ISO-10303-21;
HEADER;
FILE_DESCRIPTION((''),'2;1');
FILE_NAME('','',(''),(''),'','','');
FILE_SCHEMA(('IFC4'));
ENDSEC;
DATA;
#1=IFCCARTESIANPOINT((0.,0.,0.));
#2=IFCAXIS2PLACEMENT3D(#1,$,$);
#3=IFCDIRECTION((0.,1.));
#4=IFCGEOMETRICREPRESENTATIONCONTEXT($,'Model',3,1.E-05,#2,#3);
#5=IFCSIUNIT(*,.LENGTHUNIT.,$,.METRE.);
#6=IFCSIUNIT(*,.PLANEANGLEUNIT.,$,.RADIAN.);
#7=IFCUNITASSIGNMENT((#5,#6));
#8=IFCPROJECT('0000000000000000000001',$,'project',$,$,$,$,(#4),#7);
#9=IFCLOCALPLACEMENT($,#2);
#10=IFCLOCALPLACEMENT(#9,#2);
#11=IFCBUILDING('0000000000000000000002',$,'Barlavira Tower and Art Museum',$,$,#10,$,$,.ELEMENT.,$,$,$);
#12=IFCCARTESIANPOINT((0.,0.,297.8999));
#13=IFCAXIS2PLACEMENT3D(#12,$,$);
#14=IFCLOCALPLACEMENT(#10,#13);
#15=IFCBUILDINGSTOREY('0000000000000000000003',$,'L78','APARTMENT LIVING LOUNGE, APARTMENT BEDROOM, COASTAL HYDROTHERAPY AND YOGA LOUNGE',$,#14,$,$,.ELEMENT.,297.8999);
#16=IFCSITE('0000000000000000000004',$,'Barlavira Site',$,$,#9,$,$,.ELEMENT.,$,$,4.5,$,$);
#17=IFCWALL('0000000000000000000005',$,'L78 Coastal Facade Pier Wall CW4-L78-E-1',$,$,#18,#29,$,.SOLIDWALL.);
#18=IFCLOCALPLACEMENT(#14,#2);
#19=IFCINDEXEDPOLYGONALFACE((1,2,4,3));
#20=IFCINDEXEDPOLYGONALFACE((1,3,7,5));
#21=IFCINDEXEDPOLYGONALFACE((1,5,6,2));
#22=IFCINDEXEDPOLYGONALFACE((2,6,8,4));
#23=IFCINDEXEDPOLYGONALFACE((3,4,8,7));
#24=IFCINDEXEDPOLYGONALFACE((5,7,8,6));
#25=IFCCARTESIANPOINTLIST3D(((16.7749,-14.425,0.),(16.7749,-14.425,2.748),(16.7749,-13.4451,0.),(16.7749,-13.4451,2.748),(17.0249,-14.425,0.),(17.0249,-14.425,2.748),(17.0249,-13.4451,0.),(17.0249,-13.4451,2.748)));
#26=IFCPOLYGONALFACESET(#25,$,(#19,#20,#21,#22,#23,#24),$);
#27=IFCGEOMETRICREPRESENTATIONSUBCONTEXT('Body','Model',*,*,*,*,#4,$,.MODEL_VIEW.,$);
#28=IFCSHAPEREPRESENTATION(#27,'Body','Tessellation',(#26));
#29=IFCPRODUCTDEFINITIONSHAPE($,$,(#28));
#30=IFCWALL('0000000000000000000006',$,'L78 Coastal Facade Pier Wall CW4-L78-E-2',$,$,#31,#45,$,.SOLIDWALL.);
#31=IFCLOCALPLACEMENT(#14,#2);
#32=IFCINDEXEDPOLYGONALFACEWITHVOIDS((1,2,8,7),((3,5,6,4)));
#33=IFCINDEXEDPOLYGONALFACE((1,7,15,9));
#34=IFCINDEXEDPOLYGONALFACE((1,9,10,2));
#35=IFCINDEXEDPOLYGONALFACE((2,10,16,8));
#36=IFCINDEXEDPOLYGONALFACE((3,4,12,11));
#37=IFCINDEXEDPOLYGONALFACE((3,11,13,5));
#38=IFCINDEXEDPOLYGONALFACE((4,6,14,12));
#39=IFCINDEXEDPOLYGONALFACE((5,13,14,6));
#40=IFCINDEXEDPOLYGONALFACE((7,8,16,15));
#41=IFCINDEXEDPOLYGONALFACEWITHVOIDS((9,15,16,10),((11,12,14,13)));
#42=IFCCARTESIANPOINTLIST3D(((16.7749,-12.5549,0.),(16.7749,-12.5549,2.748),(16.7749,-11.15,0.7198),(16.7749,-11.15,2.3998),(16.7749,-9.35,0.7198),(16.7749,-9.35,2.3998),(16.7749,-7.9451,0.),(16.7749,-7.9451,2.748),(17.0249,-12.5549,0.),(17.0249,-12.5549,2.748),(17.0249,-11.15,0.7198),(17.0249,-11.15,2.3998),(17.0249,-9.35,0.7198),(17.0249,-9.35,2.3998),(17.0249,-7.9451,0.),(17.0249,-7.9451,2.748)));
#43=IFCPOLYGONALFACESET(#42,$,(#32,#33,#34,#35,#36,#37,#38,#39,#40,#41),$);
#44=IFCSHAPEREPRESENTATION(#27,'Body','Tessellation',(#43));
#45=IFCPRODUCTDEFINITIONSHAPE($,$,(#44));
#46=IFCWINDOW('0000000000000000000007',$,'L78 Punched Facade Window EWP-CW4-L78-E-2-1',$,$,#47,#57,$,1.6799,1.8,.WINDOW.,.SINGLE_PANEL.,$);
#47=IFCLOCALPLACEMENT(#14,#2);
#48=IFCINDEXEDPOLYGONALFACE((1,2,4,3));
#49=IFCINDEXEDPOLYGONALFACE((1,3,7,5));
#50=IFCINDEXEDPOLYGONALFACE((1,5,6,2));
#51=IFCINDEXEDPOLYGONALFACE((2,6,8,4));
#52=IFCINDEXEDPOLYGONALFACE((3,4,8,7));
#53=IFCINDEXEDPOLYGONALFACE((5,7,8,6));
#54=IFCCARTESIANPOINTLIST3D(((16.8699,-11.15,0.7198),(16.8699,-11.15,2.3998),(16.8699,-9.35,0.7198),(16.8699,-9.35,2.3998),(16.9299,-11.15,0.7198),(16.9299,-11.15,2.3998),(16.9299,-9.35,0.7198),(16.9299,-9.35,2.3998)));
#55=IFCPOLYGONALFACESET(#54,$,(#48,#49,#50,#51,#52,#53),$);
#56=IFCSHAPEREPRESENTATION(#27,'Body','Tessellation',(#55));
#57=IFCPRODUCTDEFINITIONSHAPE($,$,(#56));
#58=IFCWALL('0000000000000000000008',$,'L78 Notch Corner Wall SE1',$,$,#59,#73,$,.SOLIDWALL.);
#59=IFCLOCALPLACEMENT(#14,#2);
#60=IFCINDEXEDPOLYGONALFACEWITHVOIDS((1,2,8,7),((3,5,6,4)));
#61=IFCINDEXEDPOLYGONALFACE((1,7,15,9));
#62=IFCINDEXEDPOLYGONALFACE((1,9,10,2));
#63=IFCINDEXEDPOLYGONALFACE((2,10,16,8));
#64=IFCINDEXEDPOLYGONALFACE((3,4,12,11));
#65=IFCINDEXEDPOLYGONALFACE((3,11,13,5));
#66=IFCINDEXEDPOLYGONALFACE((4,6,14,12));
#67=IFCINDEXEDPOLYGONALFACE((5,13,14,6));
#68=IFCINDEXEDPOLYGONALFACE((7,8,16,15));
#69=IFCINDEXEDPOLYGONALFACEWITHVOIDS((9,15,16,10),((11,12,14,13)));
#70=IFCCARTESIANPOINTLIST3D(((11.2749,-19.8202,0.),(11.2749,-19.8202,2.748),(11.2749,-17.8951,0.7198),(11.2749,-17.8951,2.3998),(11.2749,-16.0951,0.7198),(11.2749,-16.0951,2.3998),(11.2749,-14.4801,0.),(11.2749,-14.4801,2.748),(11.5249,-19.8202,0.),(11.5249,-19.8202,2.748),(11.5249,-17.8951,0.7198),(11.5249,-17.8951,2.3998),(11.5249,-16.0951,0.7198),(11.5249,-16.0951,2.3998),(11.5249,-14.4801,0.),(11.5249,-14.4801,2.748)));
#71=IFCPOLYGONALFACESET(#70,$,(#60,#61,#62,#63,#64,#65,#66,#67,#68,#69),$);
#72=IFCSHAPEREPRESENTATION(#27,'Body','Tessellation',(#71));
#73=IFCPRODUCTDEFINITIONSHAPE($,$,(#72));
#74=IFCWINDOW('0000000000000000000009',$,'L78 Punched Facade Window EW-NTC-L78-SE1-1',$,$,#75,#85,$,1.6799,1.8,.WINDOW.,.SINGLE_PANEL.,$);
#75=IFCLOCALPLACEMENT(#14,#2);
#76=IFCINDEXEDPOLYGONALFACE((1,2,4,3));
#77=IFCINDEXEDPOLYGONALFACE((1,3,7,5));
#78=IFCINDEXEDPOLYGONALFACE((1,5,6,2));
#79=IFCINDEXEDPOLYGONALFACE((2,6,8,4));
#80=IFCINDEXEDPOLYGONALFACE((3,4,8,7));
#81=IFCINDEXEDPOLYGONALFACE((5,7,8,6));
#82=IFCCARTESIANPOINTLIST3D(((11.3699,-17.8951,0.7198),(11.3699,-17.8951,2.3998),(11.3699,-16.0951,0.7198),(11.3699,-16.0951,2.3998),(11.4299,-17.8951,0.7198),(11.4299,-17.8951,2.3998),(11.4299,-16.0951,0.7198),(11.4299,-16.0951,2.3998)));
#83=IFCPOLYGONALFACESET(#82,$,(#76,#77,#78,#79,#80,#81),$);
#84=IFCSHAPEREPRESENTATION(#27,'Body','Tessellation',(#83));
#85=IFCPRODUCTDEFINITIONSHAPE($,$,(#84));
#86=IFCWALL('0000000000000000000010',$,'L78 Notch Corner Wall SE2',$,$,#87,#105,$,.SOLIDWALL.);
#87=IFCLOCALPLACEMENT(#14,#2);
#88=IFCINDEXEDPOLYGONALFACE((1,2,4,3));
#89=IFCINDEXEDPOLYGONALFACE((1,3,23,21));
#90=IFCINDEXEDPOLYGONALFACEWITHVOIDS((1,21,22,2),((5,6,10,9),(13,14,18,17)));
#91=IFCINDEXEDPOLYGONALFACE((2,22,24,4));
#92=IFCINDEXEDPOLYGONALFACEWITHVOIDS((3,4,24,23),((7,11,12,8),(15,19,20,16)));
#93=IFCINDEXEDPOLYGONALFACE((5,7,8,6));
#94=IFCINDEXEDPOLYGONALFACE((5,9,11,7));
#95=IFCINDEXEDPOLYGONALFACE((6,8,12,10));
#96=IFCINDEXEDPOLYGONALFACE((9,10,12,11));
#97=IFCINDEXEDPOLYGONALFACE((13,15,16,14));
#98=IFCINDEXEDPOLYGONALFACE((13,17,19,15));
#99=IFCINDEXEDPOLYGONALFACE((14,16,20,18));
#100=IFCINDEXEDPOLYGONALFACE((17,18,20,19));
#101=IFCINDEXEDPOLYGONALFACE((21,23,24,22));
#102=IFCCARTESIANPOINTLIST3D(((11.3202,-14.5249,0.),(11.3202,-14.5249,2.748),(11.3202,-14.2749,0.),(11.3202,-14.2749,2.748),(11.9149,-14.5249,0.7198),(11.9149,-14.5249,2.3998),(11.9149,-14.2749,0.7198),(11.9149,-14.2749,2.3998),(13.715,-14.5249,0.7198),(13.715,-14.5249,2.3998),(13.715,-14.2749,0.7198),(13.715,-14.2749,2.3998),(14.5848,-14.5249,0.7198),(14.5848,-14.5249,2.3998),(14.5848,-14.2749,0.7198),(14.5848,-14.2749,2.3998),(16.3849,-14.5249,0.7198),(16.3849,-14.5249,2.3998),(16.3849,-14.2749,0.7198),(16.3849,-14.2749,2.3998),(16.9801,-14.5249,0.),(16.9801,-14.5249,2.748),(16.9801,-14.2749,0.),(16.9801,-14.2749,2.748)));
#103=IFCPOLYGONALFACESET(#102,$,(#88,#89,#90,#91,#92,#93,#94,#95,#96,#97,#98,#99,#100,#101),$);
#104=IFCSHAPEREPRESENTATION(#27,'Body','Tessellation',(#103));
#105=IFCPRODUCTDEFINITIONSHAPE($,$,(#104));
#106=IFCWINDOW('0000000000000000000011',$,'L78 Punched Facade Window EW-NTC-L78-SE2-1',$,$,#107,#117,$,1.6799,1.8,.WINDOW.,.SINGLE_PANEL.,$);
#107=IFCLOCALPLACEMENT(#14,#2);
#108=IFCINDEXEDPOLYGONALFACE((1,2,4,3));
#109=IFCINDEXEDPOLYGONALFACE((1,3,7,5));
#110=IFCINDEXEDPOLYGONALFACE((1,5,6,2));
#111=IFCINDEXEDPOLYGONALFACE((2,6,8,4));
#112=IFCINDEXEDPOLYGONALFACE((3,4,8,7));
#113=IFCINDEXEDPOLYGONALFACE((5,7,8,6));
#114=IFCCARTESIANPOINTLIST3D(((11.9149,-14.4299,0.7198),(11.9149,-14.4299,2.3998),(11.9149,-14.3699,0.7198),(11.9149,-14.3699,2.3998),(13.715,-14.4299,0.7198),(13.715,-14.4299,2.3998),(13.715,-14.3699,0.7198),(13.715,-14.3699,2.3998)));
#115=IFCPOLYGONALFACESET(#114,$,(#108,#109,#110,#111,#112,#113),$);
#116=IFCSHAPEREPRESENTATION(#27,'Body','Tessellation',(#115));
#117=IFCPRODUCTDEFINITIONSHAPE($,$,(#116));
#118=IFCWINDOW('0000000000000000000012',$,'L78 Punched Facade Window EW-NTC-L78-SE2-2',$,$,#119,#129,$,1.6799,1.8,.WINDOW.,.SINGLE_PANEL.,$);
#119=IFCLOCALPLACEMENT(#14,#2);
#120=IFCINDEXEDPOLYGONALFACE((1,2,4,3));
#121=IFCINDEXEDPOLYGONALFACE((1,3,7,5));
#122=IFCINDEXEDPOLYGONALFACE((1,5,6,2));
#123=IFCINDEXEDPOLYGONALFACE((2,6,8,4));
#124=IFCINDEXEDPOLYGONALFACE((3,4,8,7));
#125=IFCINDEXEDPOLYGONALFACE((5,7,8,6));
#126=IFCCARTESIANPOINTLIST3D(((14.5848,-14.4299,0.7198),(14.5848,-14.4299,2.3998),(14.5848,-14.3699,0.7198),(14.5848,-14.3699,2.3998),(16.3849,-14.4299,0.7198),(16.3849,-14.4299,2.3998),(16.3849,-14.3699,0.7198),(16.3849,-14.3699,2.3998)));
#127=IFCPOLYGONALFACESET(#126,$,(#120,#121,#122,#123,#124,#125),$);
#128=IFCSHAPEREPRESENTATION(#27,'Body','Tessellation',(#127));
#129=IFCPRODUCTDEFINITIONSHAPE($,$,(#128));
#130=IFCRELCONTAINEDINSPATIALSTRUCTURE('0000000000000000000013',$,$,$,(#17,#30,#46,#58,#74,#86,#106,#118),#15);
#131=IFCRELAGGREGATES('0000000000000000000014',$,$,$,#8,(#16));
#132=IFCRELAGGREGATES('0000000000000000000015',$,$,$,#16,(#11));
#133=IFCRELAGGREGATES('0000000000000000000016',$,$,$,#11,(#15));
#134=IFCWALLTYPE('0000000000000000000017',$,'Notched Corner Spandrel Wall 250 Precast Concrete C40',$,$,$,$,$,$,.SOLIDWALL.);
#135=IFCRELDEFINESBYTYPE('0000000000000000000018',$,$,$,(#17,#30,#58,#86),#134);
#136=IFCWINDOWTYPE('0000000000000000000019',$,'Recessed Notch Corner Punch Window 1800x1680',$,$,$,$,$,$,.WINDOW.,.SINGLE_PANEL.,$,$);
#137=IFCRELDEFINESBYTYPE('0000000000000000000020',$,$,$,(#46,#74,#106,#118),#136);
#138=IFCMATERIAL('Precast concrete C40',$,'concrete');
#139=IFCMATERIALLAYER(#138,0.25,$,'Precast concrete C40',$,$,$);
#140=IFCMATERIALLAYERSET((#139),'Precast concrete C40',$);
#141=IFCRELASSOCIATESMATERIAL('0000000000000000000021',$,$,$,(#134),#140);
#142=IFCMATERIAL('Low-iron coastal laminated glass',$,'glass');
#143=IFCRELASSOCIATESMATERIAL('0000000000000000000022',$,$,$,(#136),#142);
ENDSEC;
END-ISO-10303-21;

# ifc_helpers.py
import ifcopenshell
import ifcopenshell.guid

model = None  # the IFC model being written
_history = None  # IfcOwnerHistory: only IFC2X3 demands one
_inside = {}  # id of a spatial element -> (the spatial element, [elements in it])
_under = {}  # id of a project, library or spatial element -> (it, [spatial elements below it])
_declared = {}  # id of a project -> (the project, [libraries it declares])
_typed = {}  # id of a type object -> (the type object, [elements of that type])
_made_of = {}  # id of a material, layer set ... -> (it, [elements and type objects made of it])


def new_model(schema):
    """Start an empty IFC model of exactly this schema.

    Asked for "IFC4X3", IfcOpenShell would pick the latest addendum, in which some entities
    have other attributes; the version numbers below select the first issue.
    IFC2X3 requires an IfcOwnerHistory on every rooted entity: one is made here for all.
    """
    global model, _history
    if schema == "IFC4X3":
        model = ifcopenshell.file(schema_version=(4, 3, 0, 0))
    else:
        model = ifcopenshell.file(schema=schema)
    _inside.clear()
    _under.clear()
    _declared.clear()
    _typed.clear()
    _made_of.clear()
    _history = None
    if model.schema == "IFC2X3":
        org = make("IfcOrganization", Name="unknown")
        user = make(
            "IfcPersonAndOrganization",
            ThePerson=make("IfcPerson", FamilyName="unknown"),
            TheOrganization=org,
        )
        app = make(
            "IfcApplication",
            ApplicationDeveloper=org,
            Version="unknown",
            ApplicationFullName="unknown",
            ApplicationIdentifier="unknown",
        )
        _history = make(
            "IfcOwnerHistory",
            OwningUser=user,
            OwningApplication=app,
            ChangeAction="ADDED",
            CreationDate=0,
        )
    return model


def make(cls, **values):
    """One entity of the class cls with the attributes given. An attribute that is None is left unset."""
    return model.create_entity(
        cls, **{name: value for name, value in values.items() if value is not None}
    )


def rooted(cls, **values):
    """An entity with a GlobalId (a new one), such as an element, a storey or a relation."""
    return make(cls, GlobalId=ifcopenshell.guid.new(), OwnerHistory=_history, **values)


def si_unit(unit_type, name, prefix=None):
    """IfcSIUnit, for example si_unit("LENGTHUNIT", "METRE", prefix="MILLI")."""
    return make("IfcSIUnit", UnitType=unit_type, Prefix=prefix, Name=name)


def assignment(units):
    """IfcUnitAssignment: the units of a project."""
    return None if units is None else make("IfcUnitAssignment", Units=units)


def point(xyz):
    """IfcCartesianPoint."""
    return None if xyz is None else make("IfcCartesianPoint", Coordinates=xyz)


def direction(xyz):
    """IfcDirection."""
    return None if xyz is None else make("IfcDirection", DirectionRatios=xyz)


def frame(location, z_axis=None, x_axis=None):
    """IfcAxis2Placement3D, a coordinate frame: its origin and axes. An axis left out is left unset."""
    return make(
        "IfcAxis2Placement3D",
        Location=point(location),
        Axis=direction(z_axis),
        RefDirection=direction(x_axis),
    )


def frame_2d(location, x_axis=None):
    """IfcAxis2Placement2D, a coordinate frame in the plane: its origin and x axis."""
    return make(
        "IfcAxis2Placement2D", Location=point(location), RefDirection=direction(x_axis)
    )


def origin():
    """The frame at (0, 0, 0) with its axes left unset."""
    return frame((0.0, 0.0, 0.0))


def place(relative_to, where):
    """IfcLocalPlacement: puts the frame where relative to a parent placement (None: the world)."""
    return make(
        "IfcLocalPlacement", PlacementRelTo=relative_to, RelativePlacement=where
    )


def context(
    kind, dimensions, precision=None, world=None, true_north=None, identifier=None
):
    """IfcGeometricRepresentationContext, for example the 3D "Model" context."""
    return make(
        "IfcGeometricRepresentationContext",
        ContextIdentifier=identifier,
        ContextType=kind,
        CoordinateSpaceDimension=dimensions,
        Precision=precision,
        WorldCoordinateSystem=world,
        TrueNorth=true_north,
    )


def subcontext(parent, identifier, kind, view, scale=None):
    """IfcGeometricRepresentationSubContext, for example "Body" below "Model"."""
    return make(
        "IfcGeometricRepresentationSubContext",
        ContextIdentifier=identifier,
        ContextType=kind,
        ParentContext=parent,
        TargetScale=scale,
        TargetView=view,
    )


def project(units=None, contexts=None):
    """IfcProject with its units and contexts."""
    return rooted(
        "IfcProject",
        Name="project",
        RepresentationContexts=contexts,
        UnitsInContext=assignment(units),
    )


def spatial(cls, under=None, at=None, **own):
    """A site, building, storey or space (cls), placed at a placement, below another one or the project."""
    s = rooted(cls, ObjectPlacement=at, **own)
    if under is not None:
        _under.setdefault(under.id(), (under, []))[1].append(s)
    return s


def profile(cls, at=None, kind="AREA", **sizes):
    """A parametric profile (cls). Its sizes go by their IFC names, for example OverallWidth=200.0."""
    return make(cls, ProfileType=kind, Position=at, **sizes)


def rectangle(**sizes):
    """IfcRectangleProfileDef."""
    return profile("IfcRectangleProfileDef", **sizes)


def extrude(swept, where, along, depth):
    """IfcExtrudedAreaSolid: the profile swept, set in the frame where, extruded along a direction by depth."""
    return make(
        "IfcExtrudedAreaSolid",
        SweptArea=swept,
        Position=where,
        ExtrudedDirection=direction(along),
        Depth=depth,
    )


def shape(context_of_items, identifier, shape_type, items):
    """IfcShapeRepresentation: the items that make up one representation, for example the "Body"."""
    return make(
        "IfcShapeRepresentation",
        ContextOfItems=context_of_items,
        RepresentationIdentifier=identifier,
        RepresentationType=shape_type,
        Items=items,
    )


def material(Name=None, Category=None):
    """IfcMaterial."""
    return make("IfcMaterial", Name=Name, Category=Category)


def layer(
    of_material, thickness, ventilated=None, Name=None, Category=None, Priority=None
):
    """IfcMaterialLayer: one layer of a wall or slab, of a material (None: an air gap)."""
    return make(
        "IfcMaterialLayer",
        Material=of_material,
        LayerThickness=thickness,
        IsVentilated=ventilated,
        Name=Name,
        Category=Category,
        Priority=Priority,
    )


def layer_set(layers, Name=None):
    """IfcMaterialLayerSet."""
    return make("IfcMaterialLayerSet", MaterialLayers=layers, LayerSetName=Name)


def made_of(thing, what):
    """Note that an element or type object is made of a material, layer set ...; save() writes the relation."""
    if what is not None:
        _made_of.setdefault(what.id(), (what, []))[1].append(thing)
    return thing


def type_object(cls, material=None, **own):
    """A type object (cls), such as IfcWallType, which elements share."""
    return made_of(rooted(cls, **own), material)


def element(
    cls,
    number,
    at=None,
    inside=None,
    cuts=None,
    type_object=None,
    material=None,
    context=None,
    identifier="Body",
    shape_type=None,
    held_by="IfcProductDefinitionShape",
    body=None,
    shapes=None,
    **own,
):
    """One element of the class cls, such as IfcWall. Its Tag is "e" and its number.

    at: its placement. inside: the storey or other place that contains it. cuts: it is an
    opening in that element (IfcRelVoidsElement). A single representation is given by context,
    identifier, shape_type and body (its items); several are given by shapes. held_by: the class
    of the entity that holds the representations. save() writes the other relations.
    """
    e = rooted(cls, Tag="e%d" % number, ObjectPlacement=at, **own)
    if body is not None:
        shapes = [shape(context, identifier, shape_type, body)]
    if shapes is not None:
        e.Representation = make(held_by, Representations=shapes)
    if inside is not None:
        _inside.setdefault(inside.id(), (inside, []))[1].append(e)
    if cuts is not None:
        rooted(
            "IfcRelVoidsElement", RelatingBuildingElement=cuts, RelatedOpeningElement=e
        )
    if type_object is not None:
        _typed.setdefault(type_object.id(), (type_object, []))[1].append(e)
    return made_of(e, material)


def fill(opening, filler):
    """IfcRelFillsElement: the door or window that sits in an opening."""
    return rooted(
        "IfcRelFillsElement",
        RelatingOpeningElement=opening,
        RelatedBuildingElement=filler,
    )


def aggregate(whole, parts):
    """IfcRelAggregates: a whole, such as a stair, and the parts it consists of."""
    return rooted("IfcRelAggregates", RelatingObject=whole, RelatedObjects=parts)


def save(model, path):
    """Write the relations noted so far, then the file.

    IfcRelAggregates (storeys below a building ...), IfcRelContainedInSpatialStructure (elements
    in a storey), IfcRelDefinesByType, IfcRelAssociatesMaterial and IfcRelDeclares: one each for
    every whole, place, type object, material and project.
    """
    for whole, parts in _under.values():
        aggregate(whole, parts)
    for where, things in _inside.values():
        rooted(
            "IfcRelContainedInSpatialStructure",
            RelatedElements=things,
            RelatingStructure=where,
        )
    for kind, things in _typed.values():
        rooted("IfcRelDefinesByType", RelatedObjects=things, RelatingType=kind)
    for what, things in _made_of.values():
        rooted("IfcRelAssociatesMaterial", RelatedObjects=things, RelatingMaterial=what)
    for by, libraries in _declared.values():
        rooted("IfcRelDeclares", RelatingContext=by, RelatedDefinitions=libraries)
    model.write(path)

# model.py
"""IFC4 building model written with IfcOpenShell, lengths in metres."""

from ifc_helpers import new_model, si_unit, direction, frame, frame_2d, origin, place, context, subcontext, project, spatial, rectangle, extrude, material, layer, layer_set, type_object, element, fill, save


model = new_model("IFC4")

# Units and contexts
model_context = context("Model", 3, precision=1e-05, world=origin(), true_north=direction((0.0, 1.0)))
body_context = subcontext(model_context, "Body", "Model", "MODEL_VIEW")
ifc_project = project(units=[si_unit("LENGTHUNIT", "METRE"), si_unit("PLANEANGLEUNIT", "RADIAN")], contexts=[model_context])

# Site, building, storey
site_placement = place(None, origin())
site = spatial("IfcSite", under=ifc_project, at=site_placement, Name="Barlavira Site", CompositionType="ELEMENT", RefElevation=4.5)
building_placement = place(site_placement, origin())
building = spatial("IfcBuilding", under=site, at=building_placement, Name="Barlavira Tower and Art Museum", CompositionType="ELEMENT")
storey_placement = place(building_placement, frame((0.0, 0.0, 297.8999)))
storey = spatial("IfcBuildingStorey", under=building, at=storey_placement, Name="L78", Description="APARTMENT LIVING LOUNGE, APARTMENT BEDROOM, COASTAL HYDROTHERAPY AND YOGA LOUNGE", CompositionType="ELEMENT", Elevation=297.8999)

# Shared definitions
ifc_material_1 = material(Name="Low-iron coastal laminated glass", Category="glass")

# Shared definitions
ifc_material_2 = material(Name="Precast concrete C40", Category="concrete")
ifc_layer_1 = layer(ifc_material_2, 0.25, Name="Precast concrete C40")
ifc_layer_set_1 = layer_set([ifc_layer_1], Name="Precast concrete C40")
wall_type_1 = type_object("IfcWallType", Name="Notched Corner Spandrel Wall 250 Precast Concrete C40", PredefinedType="SOLIDWALL", material=ifc_layer_set_1)

# Wall
wall_1_placement = place(storey_placement, frame((16.8999, -14.425, 0.0), z_axis=(0.0, 0.0, 1.0), x_axis=(0.0, 1.0, 0.0)))
element("IfcWall", 1, at=wall_1_placement, inside=storey, type_object=wall_type_1, Name="L78 Coastal Facade Pier Wall CW4-L78-E-1", PredefinedType="SOLIDWALL", context=body_context, shape_type="SweptSolid", body=[
    extrude(rectangle(XDim=0.98, YDim=0.25, at=frame_2d((0.49, 0.0))), origin(), (0.0, 0.0, 1.0), 2.748),
])

# Walls, openings, windows
wall_2_placement = place(storey_placement, frame((16.8999, -12.5549, 0.0), z_axis=(0.0, 0.0, 1.0), x_axis=(0.0, 1.0, 0.0)))
wall_2 = element("IfcWall", 2, at=wall_2_placement, inside=storey, type_object=wall_type_1, Name="L78 Coastal Facade Pier Wall CW4-L78-E-2", PredefinedType="SOLIDWALL", context=body_context, shape_type="SweptSolid", body=[
    extrude(rectangle(XDim=4.6099, YDim=0.25, at=frame_2d((2.3049, 0.0))), origin(), (0.0, 0.0, 1.0), 2.748),
])
opening_1_placement = place(wall_2_placement, frame((1.405, 0.0, 0.72)))
opening_1 = element("IfcOpeningElement", 3, at=opening_1_placement, cuts=wall_2, PredefinedType="OPENING", context=body_context, shape_type="SweptSolid", body=[
    extrude(rectangle(XDim=1.8, YDim=1.6799, at=frame_2d((0.8999, 0.8398))), frame((0.0, 0.135, 0.0), z_axis=(0.0, -1.0, 0.0), x_axis=(1.0, 0.0, 0.0)), (0.0, 0.0, 1.0), 0.27),
])
window_type_1 = type_object("IfcWindowType", Name="Recessed Notch Corner Punch Window 1800x1680", PartitioningType="SINGLE_PANEL", PredefinedType="WINDOW", material=ifc_material_1)
window_1_placement = place(opening_1_placement, origin())
window_1 = element("IfcWindow", 4, at=window_1_placement, inside=storey, type_object=window_type_1, Name="L78 Punched Facade Window EWP-CW4-L78-E-2-1", OverallHeight=1.6799, OverallWidth=1.8, PartitioningType="SINGLE_PANEL", PredefinedType="WINDOW", context=body_context, shape_type="SweptSolid", body=[
    extrude(rectangle(XDim=1.8, YDim=1.6799, at=frame_2d((0.8999, 0.8398))), frame((0.0, 0.03, 0.0), z_axis=(0.0, -1.0, 0.0), x_axis=(1.0, 0.0, 0.0)), (0.0, 0.0, 1.0), 0.0601),
])
fill(opening_1, window_1)
wall_3_placement = place(storey_placement, frame((11.3999, -19.8201, 0.0), z_axis=(0.0, 0.0, 1.0), x_axis=(0.0, 1.0, 0.0)))
wall_3 = element("IfcWall", 5, at=wall_3_placement, inside=storey, type_object=wall_type_1, Name="L78 Notch Corner Wall SE1", PredefinedType="SOLIDWALL", context=body_context, shape_type="SweptSolid", body=[
    extrude(rectangle(XDim=5.3401, YDim=0.25, at=frame_2d((2.6699, 0.0))), origin(), (0.0, 0.0, 1.0), 2.748),
])
opening_2_placement = place(wall_3_placement, frame((1.925, 0.0, 0.72)))
opening_2 = element("IfcOpeningElement", 6, at=opening_2_placement, cuts=wall_3, PredefinedType="OPENING", context=body_context, shape_type="SweptSolid", body=[
    extrude(rectangle(XDim=1.8, YDim=1.6799, at=frame_2d((0.8999, 0.8398))), frame((0.0, 0.135, 0.0), z_axis=(0.0, -1.0, 0.0), x_axis=(1.0, 0.0, 0.0)), (0.0, 0.0, 1.0), 0.27),
])
window_2_placement = place(opening_2_placement, origin())
window_2 = element("IfcWindow", 7, at=window_2_placement, inside=storey, type_object=window_type_1, Name="L78 Punched Facade Window EW-NTC-L78-SE1-1", OverallHeight=1.6799, OverallWidth=1.8, PartitioningType="SINGLE_PANEL", PredefinedType="WINDOW", context=body_context, shape_type="SweptSolid", body=[
    extrude(rectangle(XDim=1.8, YDim=1.6799, at=frame_2d((0.8999, 0.8398))), frame((0.0, 0.03, 0.0), z_axis=(0.0, -1.0, 0.0), x_axis=(1.0, 0.0, 0.0)), (0.0, 0.0, 1.0), 0.0601),
])
fill(opening_2, window_2)

# Wall, openings, windows
wall_4_placement = place(storey_placement, frame((11.3201, -14.3999, 0.0), z_axis=(0.0, 0.0, 1.0), x_axis=(1.0, 0.0, 0.0)))
wall_4 = element("IfcWall", 8, at=wall_4_placement, inside=storey, type_object=wall_type_1, Name="L78 Notch Corner Wall SE2", PredefinedType="SOLIDWALL", context=body_context, shape_type="SweptSolid", body=[
    extrude(rectangle(XDim=5.6599, YDim=0.25, at=frame_2d((2.8301, 0.0))), origin(), (0.0, 0.0, 1.0), 2.748),
])
opening_3_placement = place(wall_4_placement, frame((0.595, 0.0, 0.72)))
opening_3 = element("IfcOpeningElement", 9, at=opening_3_placement, cuts=wall_4, PredefinedType="OPENING", context=body_context, shape_type="SweptSolid", body=[
    extrude(rectangle(XDim=1.8, YDim=1.6799, at=frame_2d((0.8999, 0.8398))), frame((0.0, 0.135, 0.0), z_axis=(0.0, -1.0, 0.0), x_axis=(1.0, 0.0, 0.0)), (0.0, 0.0, 1.0), 0.27),
])
opening_4_placement = place(wall_4_placement, frame((3.2649, 0.0, 0.72)))
opening_4 = element("IfcOpeningElement", 10, at=opening_4_placement, cuts=wall_4, PredefinedType="OPENING", context=body_context, shape_type="SweptSolid", body=[
    extrude(rectangle(XDim=1.8, YDim=1.6799, at=frame_2d((0.8999, 0.8398))), frame((0.0, 0.135, 0.0), z_axis=(0.0, -1.0, 0.0), x_axis=(1.0, 0.0, 0.0)), (0.0, 0.0, 1.0), 0.27),
])
window_3_placement = place(opening_3_placement, origin())
window_3 = element("IfcWindow", 11, at=window_3_placement, inside=storey, type_object=window_type_1, Name="L78 Punched Facade Window EW-NTC-L78-SE2-1", OverallHeight=1.6799, OverallWidth=1.8, PartitioningType="SINGLE_PANEL", PredefinedType="WINDOW", context=body_context, shape_type="SweptSolid", body=[
    extrude(rectangle(XDim=1.8, YDim=1.6799, at=frame_2d((0.8999, 0.8398))), frame((0.0, 0.03, 0.0), z_axis=(0.0, -1.0, 0.0), x_axis=(1.0, 0.0, 0.0)), (0.0, 0.0, 1.0), 0.0601),
])
fill(opening_3, window_3)
window_4_placement = place(opening_4_placement, origin())
window_4 = element("IfcWindow", 12, at=window_4_placement, inside=storey, type_object=window_type_1, Name="L78 Punched Facade Window EW-NTC-L78-SE2-2", OverallHeight=1.6799, OverallWidth=1.8, PartitioningType="SINGLE_PANEL", PredefinedType="WINDOW", context=body_context, shape_type="SweptSolid", body=[
    extrude(rectangle(XDim=1.8, YDim=1.6799, at=frame_2d((0.8999, 0.8398))), frame((0.0, 0.03, 0.0), z_axis=(0.0, -1.0, 0.0), x_axis=(1.0, 0.0, 0.0)), (0.0, 0.0, 1.0), 0.0601),
])
fill(opening_4, window_4)

save(model, "model.ifc")
